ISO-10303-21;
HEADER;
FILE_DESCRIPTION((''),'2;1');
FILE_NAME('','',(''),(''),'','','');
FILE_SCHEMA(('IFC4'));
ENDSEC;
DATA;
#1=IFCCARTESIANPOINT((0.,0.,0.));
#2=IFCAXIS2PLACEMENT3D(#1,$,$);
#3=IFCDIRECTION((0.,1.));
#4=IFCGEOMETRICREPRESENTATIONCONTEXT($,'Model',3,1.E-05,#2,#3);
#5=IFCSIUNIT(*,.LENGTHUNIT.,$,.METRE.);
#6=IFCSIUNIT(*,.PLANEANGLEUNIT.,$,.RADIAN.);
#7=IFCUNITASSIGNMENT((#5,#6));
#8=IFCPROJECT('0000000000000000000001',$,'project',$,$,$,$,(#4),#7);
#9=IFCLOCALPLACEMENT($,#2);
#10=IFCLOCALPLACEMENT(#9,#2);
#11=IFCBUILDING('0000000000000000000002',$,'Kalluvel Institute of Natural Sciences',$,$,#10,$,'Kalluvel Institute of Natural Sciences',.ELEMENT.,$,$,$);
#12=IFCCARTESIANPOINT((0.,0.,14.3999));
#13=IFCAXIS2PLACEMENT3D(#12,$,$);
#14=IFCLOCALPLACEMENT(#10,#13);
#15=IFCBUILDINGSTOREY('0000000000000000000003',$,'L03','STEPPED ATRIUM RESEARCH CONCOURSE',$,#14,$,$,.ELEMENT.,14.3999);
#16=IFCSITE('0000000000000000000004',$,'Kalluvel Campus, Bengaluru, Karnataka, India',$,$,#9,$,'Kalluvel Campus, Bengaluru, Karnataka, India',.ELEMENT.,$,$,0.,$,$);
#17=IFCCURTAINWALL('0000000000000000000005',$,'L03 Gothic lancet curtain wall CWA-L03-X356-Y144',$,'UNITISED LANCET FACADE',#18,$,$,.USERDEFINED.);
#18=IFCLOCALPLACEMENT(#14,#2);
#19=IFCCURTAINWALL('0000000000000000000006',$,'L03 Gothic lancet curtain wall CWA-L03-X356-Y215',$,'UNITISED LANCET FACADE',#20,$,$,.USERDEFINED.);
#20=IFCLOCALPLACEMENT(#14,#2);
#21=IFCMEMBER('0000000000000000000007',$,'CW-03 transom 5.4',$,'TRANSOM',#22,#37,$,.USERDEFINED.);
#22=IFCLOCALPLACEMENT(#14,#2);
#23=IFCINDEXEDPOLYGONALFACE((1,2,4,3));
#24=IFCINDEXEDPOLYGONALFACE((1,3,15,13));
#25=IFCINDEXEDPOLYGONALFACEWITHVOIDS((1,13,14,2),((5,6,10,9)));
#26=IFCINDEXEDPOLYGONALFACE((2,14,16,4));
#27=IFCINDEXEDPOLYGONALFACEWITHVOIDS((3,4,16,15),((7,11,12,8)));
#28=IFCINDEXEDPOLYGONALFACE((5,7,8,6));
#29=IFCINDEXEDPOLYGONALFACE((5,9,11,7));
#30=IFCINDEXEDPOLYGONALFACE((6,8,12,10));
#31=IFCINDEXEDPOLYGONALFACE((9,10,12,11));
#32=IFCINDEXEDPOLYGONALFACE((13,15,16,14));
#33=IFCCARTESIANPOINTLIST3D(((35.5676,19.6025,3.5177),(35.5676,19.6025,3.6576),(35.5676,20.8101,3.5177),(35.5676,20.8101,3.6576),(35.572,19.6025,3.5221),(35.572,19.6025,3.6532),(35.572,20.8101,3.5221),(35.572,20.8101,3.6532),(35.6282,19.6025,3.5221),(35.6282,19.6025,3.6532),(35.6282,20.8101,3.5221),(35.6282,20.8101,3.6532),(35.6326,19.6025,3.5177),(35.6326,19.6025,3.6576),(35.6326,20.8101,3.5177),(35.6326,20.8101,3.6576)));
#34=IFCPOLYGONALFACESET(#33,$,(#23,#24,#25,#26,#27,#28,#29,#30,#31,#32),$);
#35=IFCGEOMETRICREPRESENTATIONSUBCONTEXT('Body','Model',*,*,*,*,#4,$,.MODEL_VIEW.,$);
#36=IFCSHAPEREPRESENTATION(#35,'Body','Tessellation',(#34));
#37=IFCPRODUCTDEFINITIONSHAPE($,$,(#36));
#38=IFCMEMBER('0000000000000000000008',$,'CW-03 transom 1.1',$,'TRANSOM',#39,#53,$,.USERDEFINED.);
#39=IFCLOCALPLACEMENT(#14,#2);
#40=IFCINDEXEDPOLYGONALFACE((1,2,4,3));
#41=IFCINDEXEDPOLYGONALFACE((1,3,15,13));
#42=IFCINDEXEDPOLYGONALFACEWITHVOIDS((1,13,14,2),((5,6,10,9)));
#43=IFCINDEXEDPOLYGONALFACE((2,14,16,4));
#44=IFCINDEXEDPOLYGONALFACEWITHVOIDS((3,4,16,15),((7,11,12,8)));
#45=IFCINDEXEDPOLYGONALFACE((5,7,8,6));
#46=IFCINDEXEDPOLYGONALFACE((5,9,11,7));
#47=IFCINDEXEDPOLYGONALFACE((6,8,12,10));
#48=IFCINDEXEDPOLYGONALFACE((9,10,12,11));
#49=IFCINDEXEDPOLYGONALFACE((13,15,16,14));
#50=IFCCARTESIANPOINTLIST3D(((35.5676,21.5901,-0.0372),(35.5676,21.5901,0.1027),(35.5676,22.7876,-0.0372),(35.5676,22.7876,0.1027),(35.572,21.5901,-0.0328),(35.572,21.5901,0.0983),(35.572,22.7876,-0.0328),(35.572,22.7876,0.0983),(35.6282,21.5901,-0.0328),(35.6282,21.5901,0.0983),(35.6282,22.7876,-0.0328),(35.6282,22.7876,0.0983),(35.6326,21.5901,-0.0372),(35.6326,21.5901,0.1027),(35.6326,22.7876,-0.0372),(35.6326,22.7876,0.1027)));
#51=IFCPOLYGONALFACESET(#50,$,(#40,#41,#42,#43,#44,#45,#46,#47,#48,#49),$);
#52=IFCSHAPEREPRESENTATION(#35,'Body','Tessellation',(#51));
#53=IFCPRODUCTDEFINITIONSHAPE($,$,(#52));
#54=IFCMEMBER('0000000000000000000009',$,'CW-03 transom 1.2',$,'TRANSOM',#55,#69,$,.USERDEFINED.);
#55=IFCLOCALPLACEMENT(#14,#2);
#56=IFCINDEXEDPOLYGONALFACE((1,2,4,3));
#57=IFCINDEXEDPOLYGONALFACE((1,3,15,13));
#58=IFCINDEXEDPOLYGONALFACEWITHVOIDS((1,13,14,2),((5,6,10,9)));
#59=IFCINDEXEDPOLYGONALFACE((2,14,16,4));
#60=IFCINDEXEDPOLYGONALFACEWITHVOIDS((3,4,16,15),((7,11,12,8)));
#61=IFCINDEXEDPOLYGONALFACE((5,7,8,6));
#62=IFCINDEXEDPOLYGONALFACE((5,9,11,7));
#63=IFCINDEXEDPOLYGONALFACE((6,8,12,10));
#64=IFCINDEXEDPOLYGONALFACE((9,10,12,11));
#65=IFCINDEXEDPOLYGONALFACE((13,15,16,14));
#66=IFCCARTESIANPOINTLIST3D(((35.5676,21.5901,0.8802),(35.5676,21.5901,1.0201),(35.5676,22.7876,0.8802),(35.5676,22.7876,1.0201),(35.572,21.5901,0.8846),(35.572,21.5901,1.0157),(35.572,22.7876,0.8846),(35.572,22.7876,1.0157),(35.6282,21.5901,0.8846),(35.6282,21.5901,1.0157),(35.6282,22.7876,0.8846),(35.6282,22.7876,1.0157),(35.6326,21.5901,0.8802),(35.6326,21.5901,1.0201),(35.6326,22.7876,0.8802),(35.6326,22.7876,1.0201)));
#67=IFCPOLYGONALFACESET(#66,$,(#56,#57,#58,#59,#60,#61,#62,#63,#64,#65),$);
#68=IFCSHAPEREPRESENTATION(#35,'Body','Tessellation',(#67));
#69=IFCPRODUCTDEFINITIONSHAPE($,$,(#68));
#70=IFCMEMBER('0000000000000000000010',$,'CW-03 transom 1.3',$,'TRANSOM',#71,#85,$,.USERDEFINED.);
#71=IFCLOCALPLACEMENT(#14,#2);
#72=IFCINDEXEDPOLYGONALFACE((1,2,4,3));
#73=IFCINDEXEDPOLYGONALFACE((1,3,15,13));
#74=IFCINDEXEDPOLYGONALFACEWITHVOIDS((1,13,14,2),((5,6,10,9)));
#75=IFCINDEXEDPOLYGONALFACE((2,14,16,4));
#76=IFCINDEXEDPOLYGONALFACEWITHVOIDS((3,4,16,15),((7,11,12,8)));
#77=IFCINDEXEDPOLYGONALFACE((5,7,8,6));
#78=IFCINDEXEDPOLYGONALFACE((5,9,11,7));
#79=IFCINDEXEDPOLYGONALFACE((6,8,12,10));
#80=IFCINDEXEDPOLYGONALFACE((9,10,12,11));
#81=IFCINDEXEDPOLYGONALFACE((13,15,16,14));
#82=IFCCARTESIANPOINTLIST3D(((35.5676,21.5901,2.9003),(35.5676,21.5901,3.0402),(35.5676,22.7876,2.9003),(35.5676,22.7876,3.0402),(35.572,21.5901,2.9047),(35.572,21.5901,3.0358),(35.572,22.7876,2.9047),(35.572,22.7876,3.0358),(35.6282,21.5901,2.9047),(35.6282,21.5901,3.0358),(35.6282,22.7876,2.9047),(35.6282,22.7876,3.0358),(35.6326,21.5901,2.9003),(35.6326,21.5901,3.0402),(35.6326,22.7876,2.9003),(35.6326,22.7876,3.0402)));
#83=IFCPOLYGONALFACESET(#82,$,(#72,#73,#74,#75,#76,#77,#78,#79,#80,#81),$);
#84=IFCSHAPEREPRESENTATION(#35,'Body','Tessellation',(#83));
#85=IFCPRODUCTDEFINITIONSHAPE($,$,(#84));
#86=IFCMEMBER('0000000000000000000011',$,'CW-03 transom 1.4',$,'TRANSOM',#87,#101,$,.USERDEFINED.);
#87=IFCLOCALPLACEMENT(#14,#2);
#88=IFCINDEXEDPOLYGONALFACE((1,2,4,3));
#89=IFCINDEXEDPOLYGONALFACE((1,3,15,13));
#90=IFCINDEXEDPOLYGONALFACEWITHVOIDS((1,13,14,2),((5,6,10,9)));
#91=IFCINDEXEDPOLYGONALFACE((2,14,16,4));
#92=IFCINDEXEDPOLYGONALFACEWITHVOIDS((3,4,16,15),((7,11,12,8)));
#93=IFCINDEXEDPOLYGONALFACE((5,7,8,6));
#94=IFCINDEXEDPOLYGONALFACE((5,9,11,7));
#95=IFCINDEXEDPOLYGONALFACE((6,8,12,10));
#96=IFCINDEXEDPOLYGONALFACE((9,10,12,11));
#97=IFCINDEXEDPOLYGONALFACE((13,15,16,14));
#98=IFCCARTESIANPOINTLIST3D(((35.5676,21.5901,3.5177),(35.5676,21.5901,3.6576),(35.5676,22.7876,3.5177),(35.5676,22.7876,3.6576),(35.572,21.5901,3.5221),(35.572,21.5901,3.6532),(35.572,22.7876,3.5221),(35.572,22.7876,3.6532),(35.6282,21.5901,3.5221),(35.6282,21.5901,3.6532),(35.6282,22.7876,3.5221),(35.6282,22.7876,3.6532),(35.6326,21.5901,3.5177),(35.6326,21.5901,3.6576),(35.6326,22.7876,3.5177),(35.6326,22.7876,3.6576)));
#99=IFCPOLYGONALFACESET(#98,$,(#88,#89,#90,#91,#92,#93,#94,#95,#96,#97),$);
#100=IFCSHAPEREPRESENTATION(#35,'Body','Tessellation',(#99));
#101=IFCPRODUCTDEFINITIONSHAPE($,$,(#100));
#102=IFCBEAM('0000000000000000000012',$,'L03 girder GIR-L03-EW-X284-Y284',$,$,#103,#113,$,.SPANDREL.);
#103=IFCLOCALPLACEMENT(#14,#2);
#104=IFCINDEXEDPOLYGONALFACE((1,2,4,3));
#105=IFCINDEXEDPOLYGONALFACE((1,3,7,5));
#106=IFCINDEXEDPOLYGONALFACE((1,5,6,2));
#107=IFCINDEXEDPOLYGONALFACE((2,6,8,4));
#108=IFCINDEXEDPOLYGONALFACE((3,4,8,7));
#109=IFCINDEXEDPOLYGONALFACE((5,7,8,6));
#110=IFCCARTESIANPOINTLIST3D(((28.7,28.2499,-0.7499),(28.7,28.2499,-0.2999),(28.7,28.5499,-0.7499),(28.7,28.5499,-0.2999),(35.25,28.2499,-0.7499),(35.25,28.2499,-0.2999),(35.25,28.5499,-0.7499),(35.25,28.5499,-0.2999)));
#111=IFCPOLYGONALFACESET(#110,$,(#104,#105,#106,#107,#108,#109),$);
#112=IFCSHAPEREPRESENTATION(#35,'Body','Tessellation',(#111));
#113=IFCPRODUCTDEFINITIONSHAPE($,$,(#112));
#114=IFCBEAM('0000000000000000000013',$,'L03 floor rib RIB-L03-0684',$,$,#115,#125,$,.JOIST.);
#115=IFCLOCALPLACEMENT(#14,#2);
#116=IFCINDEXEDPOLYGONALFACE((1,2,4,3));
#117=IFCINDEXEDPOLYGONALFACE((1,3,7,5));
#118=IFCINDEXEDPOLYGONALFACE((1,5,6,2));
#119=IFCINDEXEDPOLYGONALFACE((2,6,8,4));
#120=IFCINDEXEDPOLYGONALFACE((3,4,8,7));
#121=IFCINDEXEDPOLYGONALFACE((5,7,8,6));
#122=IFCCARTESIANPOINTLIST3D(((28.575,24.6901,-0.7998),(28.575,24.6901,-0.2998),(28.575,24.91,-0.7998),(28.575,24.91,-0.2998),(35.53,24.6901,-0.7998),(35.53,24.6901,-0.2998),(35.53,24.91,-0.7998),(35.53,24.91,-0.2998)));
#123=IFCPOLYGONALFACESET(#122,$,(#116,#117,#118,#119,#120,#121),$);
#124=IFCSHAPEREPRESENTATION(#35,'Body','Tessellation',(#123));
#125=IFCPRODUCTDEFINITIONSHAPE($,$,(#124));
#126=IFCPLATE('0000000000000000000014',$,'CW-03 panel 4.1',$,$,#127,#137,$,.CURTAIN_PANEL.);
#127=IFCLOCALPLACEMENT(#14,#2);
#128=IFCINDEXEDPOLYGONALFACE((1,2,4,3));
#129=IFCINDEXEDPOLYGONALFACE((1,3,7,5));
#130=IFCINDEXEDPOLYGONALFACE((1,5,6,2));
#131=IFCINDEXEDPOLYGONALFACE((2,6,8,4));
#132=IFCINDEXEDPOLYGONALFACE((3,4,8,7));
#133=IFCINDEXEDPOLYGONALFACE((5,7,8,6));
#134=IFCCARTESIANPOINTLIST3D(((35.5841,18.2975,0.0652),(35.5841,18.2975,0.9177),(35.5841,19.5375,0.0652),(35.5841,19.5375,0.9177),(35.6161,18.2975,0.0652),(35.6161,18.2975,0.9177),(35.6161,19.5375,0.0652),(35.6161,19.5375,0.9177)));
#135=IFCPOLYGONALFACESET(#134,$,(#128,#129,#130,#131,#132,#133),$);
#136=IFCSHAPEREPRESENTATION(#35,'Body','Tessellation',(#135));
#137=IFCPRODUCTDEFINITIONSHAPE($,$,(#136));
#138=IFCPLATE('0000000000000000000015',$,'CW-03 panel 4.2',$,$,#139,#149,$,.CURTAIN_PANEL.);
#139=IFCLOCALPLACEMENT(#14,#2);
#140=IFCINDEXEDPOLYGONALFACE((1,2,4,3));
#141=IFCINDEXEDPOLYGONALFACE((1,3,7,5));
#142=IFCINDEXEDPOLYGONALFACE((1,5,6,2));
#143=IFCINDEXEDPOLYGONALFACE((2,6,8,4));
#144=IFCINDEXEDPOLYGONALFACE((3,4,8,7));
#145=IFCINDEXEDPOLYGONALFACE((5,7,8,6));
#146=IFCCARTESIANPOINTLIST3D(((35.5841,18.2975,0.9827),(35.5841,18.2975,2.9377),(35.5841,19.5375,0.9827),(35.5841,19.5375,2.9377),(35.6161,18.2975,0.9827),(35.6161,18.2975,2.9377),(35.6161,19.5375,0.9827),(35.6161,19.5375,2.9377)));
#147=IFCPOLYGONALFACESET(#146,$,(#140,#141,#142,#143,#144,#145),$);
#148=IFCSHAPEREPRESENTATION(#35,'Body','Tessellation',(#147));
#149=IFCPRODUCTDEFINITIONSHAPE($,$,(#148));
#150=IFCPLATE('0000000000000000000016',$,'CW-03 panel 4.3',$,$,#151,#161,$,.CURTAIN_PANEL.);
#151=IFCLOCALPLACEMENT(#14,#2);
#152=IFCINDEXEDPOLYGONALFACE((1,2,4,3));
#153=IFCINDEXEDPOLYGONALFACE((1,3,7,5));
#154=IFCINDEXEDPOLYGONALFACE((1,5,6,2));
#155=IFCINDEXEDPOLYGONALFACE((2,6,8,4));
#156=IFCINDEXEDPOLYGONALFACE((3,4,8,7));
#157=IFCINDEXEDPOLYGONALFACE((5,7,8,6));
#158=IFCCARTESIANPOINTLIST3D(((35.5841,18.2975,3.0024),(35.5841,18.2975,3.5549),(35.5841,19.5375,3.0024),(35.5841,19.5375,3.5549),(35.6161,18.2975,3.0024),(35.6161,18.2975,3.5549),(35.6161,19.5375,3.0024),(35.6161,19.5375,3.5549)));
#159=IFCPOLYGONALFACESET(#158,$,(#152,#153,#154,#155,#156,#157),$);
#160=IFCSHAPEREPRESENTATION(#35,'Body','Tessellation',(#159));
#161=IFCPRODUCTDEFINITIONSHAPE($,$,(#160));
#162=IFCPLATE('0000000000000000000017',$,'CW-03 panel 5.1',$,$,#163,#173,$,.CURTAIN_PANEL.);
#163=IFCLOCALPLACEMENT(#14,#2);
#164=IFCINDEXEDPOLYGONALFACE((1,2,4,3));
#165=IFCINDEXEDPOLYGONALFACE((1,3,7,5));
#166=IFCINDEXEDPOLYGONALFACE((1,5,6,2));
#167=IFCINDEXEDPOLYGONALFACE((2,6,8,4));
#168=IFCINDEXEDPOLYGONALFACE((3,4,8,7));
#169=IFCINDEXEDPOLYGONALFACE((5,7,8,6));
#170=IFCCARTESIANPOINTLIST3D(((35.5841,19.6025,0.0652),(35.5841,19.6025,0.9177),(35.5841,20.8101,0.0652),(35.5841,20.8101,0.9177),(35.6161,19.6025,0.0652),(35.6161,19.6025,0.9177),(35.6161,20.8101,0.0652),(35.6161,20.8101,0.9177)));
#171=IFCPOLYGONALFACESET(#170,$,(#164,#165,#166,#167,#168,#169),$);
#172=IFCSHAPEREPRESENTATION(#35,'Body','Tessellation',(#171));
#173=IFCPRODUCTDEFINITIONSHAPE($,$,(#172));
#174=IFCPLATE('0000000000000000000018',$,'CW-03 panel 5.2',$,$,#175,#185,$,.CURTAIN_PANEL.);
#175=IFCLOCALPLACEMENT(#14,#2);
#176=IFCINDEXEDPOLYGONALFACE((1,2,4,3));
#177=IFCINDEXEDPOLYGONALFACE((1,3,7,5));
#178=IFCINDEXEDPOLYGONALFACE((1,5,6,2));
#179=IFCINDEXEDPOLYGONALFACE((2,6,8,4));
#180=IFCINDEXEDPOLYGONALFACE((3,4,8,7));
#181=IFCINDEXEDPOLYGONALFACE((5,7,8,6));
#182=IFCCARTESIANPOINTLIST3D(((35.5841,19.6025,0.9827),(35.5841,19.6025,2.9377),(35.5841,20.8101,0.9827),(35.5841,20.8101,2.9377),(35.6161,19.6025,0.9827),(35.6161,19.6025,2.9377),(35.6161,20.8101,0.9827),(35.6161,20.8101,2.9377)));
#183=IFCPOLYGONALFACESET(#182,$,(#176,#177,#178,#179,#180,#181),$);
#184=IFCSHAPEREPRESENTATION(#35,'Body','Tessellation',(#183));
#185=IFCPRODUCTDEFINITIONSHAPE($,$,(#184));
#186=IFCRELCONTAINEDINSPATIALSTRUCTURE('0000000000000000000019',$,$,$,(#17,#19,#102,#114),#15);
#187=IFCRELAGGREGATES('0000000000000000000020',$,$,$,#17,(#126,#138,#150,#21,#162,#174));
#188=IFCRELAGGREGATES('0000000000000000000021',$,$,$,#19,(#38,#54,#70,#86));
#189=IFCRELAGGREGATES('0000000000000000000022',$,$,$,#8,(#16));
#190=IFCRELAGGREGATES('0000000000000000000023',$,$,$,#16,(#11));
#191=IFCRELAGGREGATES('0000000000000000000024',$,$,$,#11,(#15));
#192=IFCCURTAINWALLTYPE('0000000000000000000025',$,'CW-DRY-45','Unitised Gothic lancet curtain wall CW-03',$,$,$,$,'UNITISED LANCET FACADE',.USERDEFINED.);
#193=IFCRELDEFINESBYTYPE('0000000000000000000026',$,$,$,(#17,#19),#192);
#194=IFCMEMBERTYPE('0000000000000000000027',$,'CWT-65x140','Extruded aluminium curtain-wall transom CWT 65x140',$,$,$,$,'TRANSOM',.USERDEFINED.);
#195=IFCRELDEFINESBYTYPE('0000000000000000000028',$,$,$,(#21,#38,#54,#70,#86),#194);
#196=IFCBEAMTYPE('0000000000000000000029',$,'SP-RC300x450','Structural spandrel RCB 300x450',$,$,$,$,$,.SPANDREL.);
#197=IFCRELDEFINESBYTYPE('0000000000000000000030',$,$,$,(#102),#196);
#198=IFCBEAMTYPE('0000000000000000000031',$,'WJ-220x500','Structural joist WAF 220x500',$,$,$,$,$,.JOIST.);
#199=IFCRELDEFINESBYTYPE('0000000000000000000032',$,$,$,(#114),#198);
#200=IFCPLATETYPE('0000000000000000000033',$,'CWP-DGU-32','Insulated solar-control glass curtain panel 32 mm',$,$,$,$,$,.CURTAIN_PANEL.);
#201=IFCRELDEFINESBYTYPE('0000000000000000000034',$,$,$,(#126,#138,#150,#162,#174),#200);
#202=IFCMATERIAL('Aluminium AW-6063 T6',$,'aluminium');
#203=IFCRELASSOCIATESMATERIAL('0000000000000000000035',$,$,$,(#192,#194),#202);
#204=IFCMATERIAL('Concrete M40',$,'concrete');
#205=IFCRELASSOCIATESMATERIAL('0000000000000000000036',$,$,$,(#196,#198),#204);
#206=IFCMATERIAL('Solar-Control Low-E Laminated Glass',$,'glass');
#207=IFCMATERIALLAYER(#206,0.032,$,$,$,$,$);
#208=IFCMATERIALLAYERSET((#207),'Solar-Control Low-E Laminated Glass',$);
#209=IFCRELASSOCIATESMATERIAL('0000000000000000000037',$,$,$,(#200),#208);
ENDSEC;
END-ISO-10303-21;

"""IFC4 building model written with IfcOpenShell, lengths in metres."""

from ifc_helpers import new_model, si_unit, direction, frame, origin, origin_2d, place, context, subcontext, project, spatial, rectangle, hollow_rectangle, extrude, material, layer, layer_set, material_profile, profile_set, type_object, element, aggregate, save


model = new_model("IFC4")

# Units and contexts
model_context = context("Model", 3, precision=1e-05, world=origin(), true_north=direction((0.0, 1.0)))
body_context = subcontext(model_context, "Body", "Model", "MODEL_VIEW")
ifc_project = project(units=[si_unit("LENGTHUNIT", "METRE"), si_unit("PLANEANGLEUNIT", "RADIAN")], contexts=[model_context])

# Site, building, storey
site_placement = place(None, origin())
site = spatial("IfcSite", under=ifc_project, at=site_placement, Name="Kalluvel Campus, Bengaluru, Karnataka, India", LongName="Kalluvel Campus, Bengaluru, Karnataka, India", CompositionType="ELEMENT", RefElevation=0.0)
building_placement = place(site_placement, origin())
building = spatial("IfcBuilding", under=site, at=building_placement, Name="Kalluvel Institute of Natural Sciences", LongName="Kalluvel Institute of Natural Sciences", CompositionType="ELEMENT")
storey_placement = place(building_placement, frame((0.0, 0.0, 14.3999)))
storey = spatial("IfcBuildingStorey", under=building, at=storey_placement, Name="L03", Description="STEPPED ATRIUM RESEARCH CONCOURSE", CompositionType="ELEMENT", Elevation=14.3999)

# Shared definitions
ifc_material_1 = material(Name="Concrete M40", Category="concrete")

# Curtain wall
ifc_material_2 = material(Name="Aluminium AW-6063 T6", Category="aluminium")
curtain_wall_type = type_object("IfcCurtainWallType", Name="CW-DRY-45", Description="Unitised Gothic lancet curtain wall CW-03", ElementType="UNITISED LANCET FACADE", PredefinedType="USERDEFINED", material=ifc_material_2)
curtain_wall_1_placement = place(storey_placement, origin())
curtain_wall_1 = element("IfcCurtainWall", 1, at=curtain_wall_1_placement, inside=storey, type_object=curtain_wall_type, Name="L03 Gothic lancet curtain wall CWA-L03-X356-Y144", ObjectType="UNITISED LANCET FACADE", PredefinedType="USERDEFINED")

# Curtain wall
curtain_wall_2_placement = place(storey_placement, origin())
curtain_wall_2 = element("IfcCurtainWall", 2, at=curtain_wall_2_placement, inside=storey, type_object=curtain_wall_type, Name="L03 Gothic lancet curtain wall CWA-L03-X356-Y215", ObjectType="UNITISED LANCET FACADE", PredefinedType="USERDEFINED")

# Members
ifc_material_profile_1 = material_profile(ifc_material_2, hollow_rectangle(XDim=0.0649, YDim=0.1399, WallThickness=0.0044, at=origin_2d()), Name="CWT 65x140")
ifc_profile_set_1 = profile_set([ifc_material_profile_1], Name="Aluminium AW-6063 T6")
member_type_1 = type_object("IfcMemberType", Name="CWT-65x140", Description="Extruded aluminium curtain-wall transom CWT 65x140", ElementType="TRANSOM", PredefinedType="USERDEFINED", material=ifc_profile_set_1)
member_1_placement = place(storey_placement, frame((35.6001, 19.6025, 3.5876), z_axis=(0.0, 1.0, 0.0), x_axis=(-1.0, 0.0, 0.0)))
member_1 = element("IfcMember", 3, at=member_1_placement, type_object=member_type_1, Name="CW-03 transom 5.4", ObjectType="TRANSOM", PredefinedType="USERDEFINED", context=body_context, shape_type="SweptSolid", body=[
    extrude(hollow_rectangle(XDim=0.0649, YDim=0.1399, WallThickness=0.0044, at=origin_2d()), origin(), (0.0, 0.0, 1.0), 1.2075),
])
member_2_placement = place(storey_placement, frame((35.6001, 21.5901, 0.0327), z_axis=(0.0, 1.0, 0.0), x_axis=(-1.0, 0.0, 0.0)))
member_2 = element("IfcMember", 4, at=member_2_placement, type_object=member_type_1, Name="CW-03 transom 1.1", ObjectType="TRANSOM", PredefinedType="USERDEFINED", context=body_context, shape_type="SweptSolid", body=[
    extrude(hollow_rectangle(XDim=0.0649, YDim=0.1399, WallThickness=0.0044, at=origin_2d()), origin(), (0.0, 0.0, 1.0), 1.1975),
])
member_3_placement = place(storey_placement, frame((35.6001, 21.5901, 0.9502), z_axis=(0.0, 1.0, 0.0), x_axis=(-1.0, 0.0, 0.0)))
member_3 = element("IfcMember", 5, at=member_3_placement, type_object=member_type_1, Name="CW-03 transom 1.2", ObjectType="TRANSOM", PredefinedType="USERDEFINED", context=body_context, shape_type="SweptSolid", body=[
    extrude(hollow_rectangle(XDim=0.0649, YDim=0.1399, WallThickness=0.0044, at=origin_2d()), origin(), (0.0, 0.0, 1.0), 1.1975),
])
member_4_placement = place(storey_placement, frame((35.6001, 21.5901, 2.9702), z_axis=(0.0, 1.0, 0.0), x_axis=(-1.0, 0.0, 0.0)))
member_4 = element("IfcMember", 6, at=member_4_placement, type_object=member_type_1, Name="CW-03 transom 1.3", ObjectType="TRANSOM", PredefinedType="USERDEFINED", context=body_context, shape_type="SweptSolid", body=[
    extrude(hollow_rectangle(XDim=0.0649, YDim=0.1399, WallThickness=0.0044, at=origin_2d()), origin(), (0.0, 0.0, 1.0), 1.1975),
])
member_5_placement = place(storey_placement, frame((35.6001, 21.5901, 3.5876), z_axis=(0.0, 1.0, 0.0), x_axis=(-1.0, 0.0, 0.0)))
member_5 = element("IfcMember", 7, at=member_5_placement, type_object=member_type_1, Name="CW-03 transom 1.4", ObjectType="TRANSOM", PredefinedType="USERDEFINED", context=body_context, shape_type="SweptSolid", body=[
    extrude(hollow_rectangle(XDim=0.0649, YDim=0.1399, WallThickness=0.0044, at=origin_2d()), origin(), (0.0, 0.0, 1.0), 1.1975),
])

# Beams
ifc_material_profile_2 = material_profile(ifc_material_1, rectangle(XDim=0.3, YDim=0.45, at=origin_2d()), Name="RCB 300x450")
ifc_profile_set_2 = profile_set([ifc_material_profile_2], Name="Concrete M40")
beam_type_1 = type_object("IfcBeamType", Name="SP-RC300x450", Description="Structural spandrel RCB 300x450", PredefinedType="SPANDREL", material=ifc_profile_set_2)
beam_1_placement = place(storey_placement, frame((28.7, 28.3999, -0.5249), z_axis=(1.0, 0.0, 0.0), x_axis=(0.0, 1.0, 0.0)))
element("IfcBeam", 8, at=beam_1_placement, inside=storey, type_object=beam_type_1, Name="L03 girder GIR-L03-EW-X284-Y284", PredefinedType="SPANDREL", context=body_context, shape_type="SweptSolid", body=[
    extrude(rectangle(XDim=0.3, YDim=0.45, at=origin_2d()), origin(), (0.0, 0.0, 1.0), 6.55),
])
ifc_material_profile_3 = material_profile(ifc_material_1, rectangle(XDim=0.22, YDim=0.5, at=origin_2d()), Name="WAF 220x500")
ifc_profile_set_3 = profile_set([ifc_material_profile_3], Name="Concrete M40")
beam_type_2 = type_object("IfcBeamType", Name="WJ-220x500", Description="Structural joist WAF 220x500", PredefinedType="JOIST", material=ifc_profile_set_3)
beam_2_placement = place(storey_placement, frame((28.575, 24.8, -0.5498), z_axis=(1.0, 0.0, 0.0), x_axis=(0.0, 1.0, 0.0)))
element("IfcBeam", 9, at=beam_2_placement, inside=storey, type_object=beam_type_2, Name="L03 floor rib RIB-L03-0684", PredefinedType="JOIST", context=body_context, shape_type="SweptSolid", body=[
    extrude(rectangle(XDim=0.22, YDim=0.5, at=origin_2d()), origin(), (0.0, 0.0, 1.0), 6.9551),
])

# Plates
ifc_material_3 = material(Name="Solar-Control Low-E Laminated Glass", Category="glass")
ifc_layer = layer(ifc_material_3, 0.032)
ifc_layer_set = layer_set([ifc_layer], Name="Solar-Control Low-E Laminated Glass")
plate_type = type_object("IfcPlateType", Name="CWP-DGU-32", Description="Insulated solar-control glass curtain panel 32 mm", PredefinedType="CURTAIN_PANEL", material=ifc_layer_set)
plate_1_placement = place(storey_placement, frame((35.6001, 18.9175, 0.0652), z_axis=(0.0, 0.0, 1.0), x_axis=(0.0, 1.0, 0.0)))
plate_1 = element("IfcPlate", 10, at=plate_1_placement, type_object=plate_type, Name="CW-03 panel 4.1", PredefinedType="CURTAIN_PANEL", context=body_context, shape_type="SweptSolid", body=[
    extrude(rectangle(XDim=1.24, YDim=0.032, at=origin_2d()), origin(), (0.0, 0.0, 1.0), 0.8525),
])
plate_2_placement = place(storey_placement, frame((35.6001, 18.9175, 0.9827), z_axis=(0.0, 0.0, 1.0), x_axis=(0.0, 1.0, 0.0)))
plate_2 = element("IfcPlate", 11, at=plate_2_placement, type_object=plate_type, Name="CW-03 panel 4.2", PredefinedType="CURTAIN_PANEL", context=body_context, shape_type="SweptSolid", body=[
    extrude(rectangle(XDim=1.24, YDim=0.032, at=origin_2d()), origin(), (0.0, 0.0, 1.0), 1.9551),
])
plate_3_placement = place(storey_placement, frame((35.6001, 18.9175, 3.0024), z_axis=(0.0, 0.0, 1.0), x_axis=(0.0, 1.0, 0.0)))
plate_3 = element("IfcPlate", 12, at=plate_3_placement, type_object=plate_type, Name="CW-03 panel 4.3", PredefinedType="CURTAIN_PANEL", context=body_context, shape_type="SweptSolid", body=[
    extrude(rectangle(XDim=1.24, YDim=0.032, at=origin_2d()), origin(), (0.0, 0.0, 1.0), 0.5525),
])
plate_4_placement = place(storey_placement, frame((35.6001, 20.2063, 0.0652), z_axis=(0.0, 0.0, 1.0), x_axis=(0.0, 1.0, 0.0)))
plate_4 = element("IfcPlate", 13, at=plate_4_placement, type_object=plate_type, Name="CW-03 panel 5.1", PredefinedType="CURTAIN_PANEL", context=body_context, shape_type="SweptSolid", body=[
    extrude(rectangle(XDim=1.2075, YDim=0.032, at=origin_2d()), origin(), (0.0, 0.0, 1.0), 0.8525),
])
plate_5_placement = place(storey_placement, frame((35.6001, 20.2063, 0.9827), z_axis=(0.0, 0.0, 1.0), x_axis=(0.0, 1.0, 0.0)))
plate_5 = element("IfcPlate", 14, at=plate_5_placement, type_object=plate_type, Name="CW-03 panel 5.2", PredefinedType="CURTAIN_PANEL", context=body_context, shape_type="SweptSolid", body=[
    extrude(rectangle(XDim=1.2075, YDim=0.032, at=origin_2d()), origin(), (0.0, 0.0, 1.0), 1.9551),
])
aggregate(curtain_wall_1, [plate_1, plate_2, plate_3, member_1, plate_4, plate_5])
aggregate(curtain_wall_2, [member_2, member_3, member_4, member_5])

save(model, "model.ifc")
